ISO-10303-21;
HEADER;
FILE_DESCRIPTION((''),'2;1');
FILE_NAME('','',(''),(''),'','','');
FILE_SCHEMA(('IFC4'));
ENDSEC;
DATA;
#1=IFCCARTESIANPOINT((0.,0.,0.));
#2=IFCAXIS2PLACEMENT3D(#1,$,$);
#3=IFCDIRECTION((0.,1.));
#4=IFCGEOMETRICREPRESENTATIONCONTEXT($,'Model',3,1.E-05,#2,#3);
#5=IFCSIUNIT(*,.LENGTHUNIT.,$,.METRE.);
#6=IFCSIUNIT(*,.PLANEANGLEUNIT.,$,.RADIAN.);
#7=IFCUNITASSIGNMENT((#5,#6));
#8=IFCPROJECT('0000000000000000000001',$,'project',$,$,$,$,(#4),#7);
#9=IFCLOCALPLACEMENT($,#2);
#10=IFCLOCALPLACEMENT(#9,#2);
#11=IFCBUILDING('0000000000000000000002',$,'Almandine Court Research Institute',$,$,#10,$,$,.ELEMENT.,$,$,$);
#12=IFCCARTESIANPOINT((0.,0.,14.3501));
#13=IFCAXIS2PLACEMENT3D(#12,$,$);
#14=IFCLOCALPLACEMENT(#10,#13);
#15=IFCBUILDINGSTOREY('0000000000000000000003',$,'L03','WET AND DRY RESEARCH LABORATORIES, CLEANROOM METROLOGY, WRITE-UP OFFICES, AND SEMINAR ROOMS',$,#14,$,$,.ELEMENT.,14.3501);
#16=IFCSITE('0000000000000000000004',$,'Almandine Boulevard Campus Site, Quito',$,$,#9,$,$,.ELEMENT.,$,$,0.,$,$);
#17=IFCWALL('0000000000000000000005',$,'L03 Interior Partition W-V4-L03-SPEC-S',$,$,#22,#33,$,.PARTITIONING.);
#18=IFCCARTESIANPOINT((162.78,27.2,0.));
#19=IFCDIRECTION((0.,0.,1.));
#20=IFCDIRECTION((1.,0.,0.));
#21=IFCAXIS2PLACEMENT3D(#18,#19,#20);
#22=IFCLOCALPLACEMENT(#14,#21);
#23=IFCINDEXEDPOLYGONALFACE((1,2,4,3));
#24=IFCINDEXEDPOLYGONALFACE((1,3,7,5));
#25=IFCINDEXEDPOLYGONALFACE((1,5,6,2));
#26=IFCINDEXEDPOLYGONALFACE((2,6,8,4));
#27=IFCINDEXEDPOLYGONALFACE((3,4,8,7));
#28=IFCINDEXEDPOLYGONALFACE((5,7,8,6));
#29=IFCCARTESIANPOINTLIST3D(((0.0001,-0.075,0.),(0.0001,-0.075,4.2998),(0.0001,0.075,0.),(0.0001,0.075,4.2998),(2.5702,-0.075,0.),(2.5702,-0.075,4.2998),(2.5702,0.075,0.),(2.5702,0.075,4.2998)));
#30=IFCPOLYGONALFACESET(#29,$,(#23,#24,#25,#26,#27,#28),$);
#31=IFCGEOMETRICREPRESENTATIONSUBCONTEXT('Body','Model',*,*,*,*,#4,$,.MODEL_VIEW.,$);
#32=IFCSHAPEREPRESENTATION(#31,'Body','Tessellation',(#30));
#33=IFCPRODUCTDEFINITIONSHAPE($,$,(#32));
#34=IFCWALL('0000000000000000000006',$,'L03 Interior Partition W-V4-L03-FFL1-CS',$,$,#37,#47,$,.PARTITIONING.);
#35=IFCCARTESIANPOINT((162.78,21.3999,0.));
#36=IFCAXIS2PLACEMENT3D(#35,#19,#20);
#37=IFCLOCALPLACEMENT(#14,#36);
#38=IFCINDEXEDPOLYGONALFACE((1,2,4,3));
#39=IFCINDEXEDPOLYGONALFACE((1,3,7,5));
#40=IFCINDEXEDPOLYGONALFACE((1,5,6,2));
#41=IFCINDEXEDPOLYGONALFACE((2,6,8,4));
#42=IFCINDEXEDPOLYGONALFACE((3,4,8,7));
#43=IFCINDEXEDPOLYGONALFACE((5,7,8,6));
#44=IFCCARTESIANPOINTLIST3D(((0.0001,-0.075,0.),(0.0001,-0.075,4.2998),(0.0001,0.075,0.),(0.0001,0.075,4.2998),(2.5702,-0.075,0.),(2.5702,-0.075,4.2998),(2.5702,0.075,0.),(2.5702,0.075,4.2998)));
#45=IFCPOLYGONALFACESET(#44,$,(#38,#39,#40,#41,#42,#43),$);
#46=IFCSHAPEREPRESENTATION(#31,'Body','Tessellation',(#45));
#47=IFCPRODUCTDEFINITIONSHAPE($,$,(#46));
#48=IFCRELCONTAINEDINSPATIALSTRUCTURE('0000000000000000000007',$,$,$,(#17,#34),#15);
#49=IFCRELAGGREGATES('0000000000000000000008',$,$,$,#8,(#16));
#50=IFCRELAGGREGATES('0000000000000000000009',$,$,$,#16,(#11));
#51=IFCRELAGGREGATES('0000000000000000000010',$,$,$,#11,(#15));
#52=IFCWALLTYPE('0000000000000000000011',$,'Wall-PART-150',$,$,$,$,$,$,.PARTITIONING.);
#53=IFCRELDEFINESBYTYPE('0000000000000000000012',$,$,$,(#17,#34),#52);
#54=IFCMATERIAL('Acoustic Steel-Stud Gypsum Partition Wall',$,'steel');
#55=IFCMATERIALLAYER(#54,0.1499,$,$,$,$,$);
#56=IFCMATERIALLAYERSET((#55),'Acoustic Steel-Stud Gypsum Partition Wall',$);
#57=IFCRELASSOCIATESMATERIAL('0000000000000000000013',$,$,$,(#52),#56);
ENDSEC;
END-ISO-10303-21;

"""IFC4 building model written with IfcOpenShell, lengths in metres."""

from ifc_helpers import new_model, si_unit, direction, frame, frame_2d, origin, place, context, subcontext, project, spatial, rectangle, extrude, material, layer, layer_set, type_object, element, save


model = new_model("IFC4")

# Units and contexts
model_context = context("Model", 3, precision=1e-05, world=origin(), true_north=direction((0.0, 1.0)))
body_context = subcontext(model_context, "Body", "Model", "MODEL_VIEW")
ifc_project = project(units=[si_unit("LENGTHUNIT", "METRE"), si_unit("PLANEANGLEUNIT", "RADIAN")], contexts=[model_context])

# Site, building, storey
site_placement = place(None, origin())
site = spatial("IfcSite", under=ifc_project, at=site_placement, Name="Almandine Boulevard Campus Site, Quito", CompositionType="ELEMENT", RefElevation=0.0)
building_placement = place(site_placement, origin())
building = spatial("IfcBuilding", under=site, at=building_placement, Name="Almandine Court Research Institute", CompositionType="ELEMENT")
storey_placement = place(building_placement, frame((0.0, 0.0, 14.3501)))
storey = spatial("IfcBuildingStorey", under=building, at=storey_placement, Name="L03", Description="WET AND DRY RESEARCH LABORATORIES, CLEANROOM METROLOGY, WRITE-UP OFFICES, AND SEMINAR ROOMS", CompositionType="ELEMENT", Elevation=14.3501)

# Shared definitions
ifc_material_1 = material(Name="Acoustic Steel-Stud Gypsum Partition Wall", Category="steel")
ifc_layer_1 = layer(ifc_material_1, 0.1499)
ifc_layer_set_1 = layer_set([ifc_layer_1], Name="Acoustic Steel-Stud Gypsum Partition Wall")
wall_type_1 = type_object("IfcWallType", Name="Wall-PART-150", PredefinedType="PARTITIONING", material=ifc_layer_set_1)

# Wall
wall_1_placement = place(storey_placement, frame((162.78, 27.2, 0.0), z_axis=(0.0, 0.0, 1.0), x_axis=(1.0, 0.0, 0.0)))
element("IfcWall", 1, at=wall_1_placement, inside=storey, type_object=wall_type_1, Name="L03 Interior Partition W-V4-L03-SPEC-S", PredefinedType="PARTITIONING", context=body_context, shape_type="SweptSolid", body=[
    extrude(rectangle(XDim=2.5701, YDim=0.1499, at=frame_2d((1.2852, 0.0))), origin(), (0.0, 0.0, 1.0), 4.2998),
])

# Wall
wall_2_placement = place(storey_placement, frame((162.78, 21.3999, 0.0), z_axis=(0.0, 0.0, 1.0), x_axis=(1.0, 0.0, 0.0)))
element("IfcWall", 2, at=wall_2_placement, inside=storey, type_object=wall_type_1, Name="L03 Interior Partition W-V4-L03-FFL1-CS", PredefinedType="PARTITIONING", context=body_context, shape_type="SweptSolid", body=[
    extrude(rectangle(XDim=2.5701, YDim=0.1499, at=frame_2d((1.2852, 0.0))), origin(), (0.0, 0.0, 1.0), 4.2998),
])

save(model, "model.ifc")
